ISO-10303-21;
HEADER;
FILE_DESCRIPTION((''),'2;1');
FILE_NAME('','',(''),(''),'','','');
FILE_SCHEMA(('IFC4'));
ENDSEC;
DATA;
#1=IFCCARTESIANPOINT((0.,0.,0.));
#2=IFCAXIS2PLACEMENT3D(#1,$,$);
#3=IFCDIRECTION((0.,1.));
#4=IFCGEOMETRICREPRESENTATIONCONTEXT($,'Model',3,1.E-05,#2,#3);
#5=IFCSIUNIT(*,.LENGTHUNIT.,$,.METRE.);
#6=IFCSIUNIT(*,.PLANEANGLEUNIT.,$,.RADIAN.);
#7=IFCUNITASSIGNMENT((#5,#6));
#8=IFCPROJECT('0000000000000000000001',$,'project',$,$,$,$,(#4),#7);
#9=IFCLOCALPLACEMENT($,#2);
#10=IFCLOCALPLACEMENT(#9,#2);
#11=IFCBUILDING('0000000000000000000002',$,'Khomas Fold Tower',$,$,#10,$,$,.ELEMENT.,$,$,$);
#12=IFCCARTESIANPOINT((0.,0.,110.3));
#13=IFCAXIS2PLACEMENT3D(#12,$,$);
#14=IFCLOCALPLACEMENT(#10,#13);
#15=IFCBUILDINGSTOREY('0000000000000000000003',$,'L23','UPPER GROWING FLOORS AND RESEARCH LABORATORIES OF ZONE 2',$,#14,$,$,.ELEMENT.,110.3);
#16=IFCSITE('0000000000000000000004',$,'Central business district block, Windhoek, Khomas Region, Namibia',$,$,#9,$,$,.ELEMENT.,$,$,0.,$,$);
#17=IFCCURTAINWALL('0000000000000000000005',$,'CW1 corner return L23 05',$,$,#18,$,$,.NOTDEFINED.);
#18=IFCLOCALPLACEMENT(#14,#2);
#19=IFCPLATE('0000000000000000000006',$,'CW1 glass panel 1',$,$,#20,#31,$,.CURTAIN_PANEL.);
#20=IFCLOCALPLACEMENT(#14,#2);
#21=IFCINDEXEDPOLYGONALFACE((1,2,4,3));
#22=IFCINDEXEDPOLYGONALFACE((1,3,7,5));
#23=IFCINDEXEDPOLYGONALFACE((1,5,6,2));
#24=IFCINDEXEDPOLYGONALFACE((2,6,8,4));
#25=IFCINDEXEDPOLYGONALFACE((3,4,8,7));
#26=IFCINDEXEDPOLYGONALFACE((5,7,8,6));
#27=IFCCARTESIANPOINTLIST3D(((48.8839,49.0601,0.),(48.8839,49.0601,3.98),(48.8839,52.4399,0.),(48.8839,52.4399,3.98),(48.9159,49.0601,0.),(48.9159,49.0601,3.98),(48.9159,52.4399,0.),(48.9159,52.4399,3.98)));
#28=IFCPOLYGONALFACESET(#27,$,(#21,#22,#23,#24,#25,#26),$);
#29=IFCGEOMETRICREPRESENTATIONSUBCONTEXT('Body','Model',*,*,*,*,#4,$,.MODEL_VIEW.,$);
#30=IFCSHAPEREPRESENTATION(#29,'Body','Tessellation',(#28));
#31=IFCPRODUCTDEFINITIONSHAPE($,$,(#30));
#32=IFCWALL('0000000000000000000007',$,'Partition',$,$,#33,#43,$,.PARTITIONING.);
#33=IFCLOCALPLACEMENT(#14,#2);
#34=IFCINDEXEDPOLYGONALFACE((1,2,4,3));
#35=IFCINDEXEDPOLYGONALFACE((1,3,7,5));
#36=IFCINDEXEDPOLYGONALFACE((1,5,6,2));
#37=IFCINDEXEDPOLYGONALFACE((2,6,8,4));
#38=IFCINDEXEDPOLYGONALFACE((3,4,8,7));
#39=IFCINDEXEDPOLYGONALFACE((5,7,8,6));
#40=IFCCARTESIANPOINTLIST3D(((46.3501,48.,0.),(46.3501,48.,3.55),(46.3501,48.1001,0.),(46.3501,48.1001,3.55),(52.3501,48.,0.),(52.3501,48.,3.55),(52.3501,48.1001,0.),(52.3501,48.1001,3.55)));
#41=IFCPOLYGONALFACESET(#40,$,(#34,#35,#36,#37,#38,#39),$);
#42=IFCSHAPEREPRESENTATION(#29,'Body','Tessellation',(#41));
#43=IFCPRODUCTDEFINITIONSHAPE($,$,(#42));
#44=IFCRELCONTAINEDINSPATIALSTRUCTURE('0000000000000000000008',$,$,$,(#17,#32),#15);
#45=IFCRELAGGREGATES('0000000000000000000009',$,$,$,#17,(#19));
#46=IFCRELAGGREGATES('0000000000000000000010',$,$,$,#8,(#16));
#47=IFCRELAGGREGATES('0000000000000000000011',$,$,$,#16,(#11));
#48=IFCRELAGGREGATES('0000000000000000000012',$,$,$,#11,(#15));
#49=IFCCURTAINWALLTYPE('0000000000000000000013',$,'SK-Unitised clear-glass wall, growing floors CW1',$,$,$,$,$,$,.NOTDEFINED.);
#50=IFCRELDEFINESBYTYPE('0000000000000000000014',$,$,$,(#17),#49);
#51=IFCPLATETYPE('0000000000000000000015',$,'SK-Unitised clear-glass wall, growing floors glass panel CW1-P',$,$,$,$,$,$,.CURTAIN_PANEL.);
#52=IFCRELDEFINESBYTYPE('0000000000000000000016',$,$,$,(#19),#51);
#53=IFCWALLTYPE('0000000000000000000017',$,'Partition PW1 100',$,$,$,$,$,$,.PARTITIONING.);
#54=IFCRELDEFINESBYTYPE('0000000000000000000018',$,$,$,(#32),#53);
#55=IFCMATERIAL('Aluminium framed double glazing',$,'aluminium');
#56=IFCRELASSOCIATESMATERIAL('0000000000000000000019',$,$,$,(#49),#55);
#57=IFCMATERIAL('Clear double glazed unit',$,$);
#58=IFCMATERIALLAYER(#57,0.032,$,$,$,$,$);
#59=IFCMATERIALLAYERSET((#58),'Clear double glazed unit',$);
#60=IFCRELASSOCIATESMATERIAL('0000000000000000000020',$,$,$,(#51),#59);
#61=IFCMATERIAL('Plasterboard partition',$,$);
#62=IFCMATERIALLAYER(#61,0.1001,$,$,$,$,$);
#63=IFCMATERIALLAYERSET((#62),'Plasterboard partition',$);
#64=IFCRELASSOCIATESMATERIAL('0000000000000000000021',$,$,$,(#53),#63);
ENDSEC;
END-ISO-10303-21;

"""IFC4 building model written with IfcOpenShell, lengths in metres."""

from ifc_helpers import new_model, si_unit, direction, frame, frame_2d, origin, origin_2d, place, context, subcontext, project, spatial, rectangle, extrude, source, transform, mapped, material, layer, layer_set, type_object, element, aggregate, save


model = new_model("IFC4")

# Units and contexts
model_context = context("Model", 3, precision=1e-05, world=origin(), true_north=direction((0.0, 1.0)))
body_context = subcontext(model_context, "Body", "Model", "MODEL_VIEW")
ifc_project = project(units=[si_unit("LENGTHUNIT", "METRE"), si_unit("PLANEANGLEUNIT", "RADIAN")], contexts=[model_context])

# Site, building, storey
site_placement = place(None, origin())
site = spatial("IfcSite", under=ifc_project, at=site_placement, Name="Central business district block, Windhoek, Khomas Region, Namibia", CompositionType="ELEMENT", RefElevation=0.0)
building_placement = place(site_placement, origin())
building = spatial("IfcBuilding", under=site, at=building_placement, Name="Khomas Fold Tower", CompositionType="ELEMENT")
storey_placement = place(building_placement, frame((0.0, 0.0, 110.3)))
storey = spatial("IfcBuildingStorey", under=building, at=storey_placement, Name="L23", Description="UPPER GROWING FLOORS AND RESEARCH LABORATORIES OF ZONE 2", CompositionType="ELEMENT", Elevation=110.3)

# Shared definitions
ifc_material_1 = material(Name="Aluminium framed double glazing", Category="aluminium")
curtain_wall_type = type_object("IfcCurtainWallType", Name="SK-Unitised clear-glass wall, growing floors CW1", PredefinedType="NOTDEFINED", material=ifc_material_1)

# Curtain wall
curtain_wall_1_placement = place(storey_placement, origin())
curtain_wall_1 = element("IfcCurtainWall", 1, at=curtain_wall_1_placement, inside=storey, type_object=curtain_wall_type, Name="CW1 corner return L23 05", PredefinedType="NOTDEFINED")

# Plate
ifc_material_2 = material(Name="Clear double glazed unit")
ifc_layer_1 = layer(ifc_material_2, 0.032)
ifc_layer_set_1 = layer_set([ifc_layer_1], Name="Clear double glazed unit")
plate_type = type_object("IfcPlateType", Name="SK-Unitised clear-glass wall, growing floors glass panel CW1-P", PredefinedType="CURTAIN_PANEL", material=ifc_layer_set_1)
shared_shape_1 = source(origin(), body_context, "Body", "SweptSolid", [
    extrude(rectangle(XDim=3.3799, YDim=0.032, at=origin_2d()), origin(), (0.0, 0.0, 1.0), 3.98),
])
plate_1_placement = place(storey_placement, frame((48.8999, 50.75, 0.0), z_axis=(0.0, 0.0, 1.0), x_axis=(0.0, 1.0, 0.0)))
plate_1 = element("IfcPlate", 2, at=plate_1_placement, type_object=plate_type, Name="CW1 glass panel 1", PredefinedType="CURTAIN_PANEL", context=body_context, shape_type="MappedRepresentation", body=[
    mapped(shared_shape_1, transform((0.0, 0.0, 0.0))),
])
aggregate(curtain_wall_1, [plate_1])

# Wall
ifc_material_3 = material(Name="Plasterboard partition")
ifc_layer_2 = layer(ifc_material_3, 0.1001)
ifc_layer_set_2 = layer_set([ifc_layer_2], Name="Plasterboard partition")
wall_type = type_object("IfcWallType", Name="Partition PW1 100", PredefinedType="PARTITIONING", material=ifc_layer_set_2)
shared_shape_2 = source(origin(), body_context, "Body", "SweptSolid", [
    extrude(rectangle(XDim=6.0, YDim=0.1001, at=frame_2d((3.0, 0.0))), origin(), (0.0, 0.0, 1.0), 3.55),
])
wall_placement = place(storey_placement, frame((46.3501, 48.05, 0.0), z_axis=(0.0, 0.0, 1.0), x_axis=(1.0, 0.0, 0.0)))
element("IfcWall", 3, at=wall_placement, inside=storey, type_object=wall_type, Name="Partition", PredefinedType="PARTITIONING", context=body_context, shape_type="MappedRepresentation", body=[
    mapped(shared_shape_2, transform((0.0, 0.0, 0.0))),
])

save(model, "model.ifc")
